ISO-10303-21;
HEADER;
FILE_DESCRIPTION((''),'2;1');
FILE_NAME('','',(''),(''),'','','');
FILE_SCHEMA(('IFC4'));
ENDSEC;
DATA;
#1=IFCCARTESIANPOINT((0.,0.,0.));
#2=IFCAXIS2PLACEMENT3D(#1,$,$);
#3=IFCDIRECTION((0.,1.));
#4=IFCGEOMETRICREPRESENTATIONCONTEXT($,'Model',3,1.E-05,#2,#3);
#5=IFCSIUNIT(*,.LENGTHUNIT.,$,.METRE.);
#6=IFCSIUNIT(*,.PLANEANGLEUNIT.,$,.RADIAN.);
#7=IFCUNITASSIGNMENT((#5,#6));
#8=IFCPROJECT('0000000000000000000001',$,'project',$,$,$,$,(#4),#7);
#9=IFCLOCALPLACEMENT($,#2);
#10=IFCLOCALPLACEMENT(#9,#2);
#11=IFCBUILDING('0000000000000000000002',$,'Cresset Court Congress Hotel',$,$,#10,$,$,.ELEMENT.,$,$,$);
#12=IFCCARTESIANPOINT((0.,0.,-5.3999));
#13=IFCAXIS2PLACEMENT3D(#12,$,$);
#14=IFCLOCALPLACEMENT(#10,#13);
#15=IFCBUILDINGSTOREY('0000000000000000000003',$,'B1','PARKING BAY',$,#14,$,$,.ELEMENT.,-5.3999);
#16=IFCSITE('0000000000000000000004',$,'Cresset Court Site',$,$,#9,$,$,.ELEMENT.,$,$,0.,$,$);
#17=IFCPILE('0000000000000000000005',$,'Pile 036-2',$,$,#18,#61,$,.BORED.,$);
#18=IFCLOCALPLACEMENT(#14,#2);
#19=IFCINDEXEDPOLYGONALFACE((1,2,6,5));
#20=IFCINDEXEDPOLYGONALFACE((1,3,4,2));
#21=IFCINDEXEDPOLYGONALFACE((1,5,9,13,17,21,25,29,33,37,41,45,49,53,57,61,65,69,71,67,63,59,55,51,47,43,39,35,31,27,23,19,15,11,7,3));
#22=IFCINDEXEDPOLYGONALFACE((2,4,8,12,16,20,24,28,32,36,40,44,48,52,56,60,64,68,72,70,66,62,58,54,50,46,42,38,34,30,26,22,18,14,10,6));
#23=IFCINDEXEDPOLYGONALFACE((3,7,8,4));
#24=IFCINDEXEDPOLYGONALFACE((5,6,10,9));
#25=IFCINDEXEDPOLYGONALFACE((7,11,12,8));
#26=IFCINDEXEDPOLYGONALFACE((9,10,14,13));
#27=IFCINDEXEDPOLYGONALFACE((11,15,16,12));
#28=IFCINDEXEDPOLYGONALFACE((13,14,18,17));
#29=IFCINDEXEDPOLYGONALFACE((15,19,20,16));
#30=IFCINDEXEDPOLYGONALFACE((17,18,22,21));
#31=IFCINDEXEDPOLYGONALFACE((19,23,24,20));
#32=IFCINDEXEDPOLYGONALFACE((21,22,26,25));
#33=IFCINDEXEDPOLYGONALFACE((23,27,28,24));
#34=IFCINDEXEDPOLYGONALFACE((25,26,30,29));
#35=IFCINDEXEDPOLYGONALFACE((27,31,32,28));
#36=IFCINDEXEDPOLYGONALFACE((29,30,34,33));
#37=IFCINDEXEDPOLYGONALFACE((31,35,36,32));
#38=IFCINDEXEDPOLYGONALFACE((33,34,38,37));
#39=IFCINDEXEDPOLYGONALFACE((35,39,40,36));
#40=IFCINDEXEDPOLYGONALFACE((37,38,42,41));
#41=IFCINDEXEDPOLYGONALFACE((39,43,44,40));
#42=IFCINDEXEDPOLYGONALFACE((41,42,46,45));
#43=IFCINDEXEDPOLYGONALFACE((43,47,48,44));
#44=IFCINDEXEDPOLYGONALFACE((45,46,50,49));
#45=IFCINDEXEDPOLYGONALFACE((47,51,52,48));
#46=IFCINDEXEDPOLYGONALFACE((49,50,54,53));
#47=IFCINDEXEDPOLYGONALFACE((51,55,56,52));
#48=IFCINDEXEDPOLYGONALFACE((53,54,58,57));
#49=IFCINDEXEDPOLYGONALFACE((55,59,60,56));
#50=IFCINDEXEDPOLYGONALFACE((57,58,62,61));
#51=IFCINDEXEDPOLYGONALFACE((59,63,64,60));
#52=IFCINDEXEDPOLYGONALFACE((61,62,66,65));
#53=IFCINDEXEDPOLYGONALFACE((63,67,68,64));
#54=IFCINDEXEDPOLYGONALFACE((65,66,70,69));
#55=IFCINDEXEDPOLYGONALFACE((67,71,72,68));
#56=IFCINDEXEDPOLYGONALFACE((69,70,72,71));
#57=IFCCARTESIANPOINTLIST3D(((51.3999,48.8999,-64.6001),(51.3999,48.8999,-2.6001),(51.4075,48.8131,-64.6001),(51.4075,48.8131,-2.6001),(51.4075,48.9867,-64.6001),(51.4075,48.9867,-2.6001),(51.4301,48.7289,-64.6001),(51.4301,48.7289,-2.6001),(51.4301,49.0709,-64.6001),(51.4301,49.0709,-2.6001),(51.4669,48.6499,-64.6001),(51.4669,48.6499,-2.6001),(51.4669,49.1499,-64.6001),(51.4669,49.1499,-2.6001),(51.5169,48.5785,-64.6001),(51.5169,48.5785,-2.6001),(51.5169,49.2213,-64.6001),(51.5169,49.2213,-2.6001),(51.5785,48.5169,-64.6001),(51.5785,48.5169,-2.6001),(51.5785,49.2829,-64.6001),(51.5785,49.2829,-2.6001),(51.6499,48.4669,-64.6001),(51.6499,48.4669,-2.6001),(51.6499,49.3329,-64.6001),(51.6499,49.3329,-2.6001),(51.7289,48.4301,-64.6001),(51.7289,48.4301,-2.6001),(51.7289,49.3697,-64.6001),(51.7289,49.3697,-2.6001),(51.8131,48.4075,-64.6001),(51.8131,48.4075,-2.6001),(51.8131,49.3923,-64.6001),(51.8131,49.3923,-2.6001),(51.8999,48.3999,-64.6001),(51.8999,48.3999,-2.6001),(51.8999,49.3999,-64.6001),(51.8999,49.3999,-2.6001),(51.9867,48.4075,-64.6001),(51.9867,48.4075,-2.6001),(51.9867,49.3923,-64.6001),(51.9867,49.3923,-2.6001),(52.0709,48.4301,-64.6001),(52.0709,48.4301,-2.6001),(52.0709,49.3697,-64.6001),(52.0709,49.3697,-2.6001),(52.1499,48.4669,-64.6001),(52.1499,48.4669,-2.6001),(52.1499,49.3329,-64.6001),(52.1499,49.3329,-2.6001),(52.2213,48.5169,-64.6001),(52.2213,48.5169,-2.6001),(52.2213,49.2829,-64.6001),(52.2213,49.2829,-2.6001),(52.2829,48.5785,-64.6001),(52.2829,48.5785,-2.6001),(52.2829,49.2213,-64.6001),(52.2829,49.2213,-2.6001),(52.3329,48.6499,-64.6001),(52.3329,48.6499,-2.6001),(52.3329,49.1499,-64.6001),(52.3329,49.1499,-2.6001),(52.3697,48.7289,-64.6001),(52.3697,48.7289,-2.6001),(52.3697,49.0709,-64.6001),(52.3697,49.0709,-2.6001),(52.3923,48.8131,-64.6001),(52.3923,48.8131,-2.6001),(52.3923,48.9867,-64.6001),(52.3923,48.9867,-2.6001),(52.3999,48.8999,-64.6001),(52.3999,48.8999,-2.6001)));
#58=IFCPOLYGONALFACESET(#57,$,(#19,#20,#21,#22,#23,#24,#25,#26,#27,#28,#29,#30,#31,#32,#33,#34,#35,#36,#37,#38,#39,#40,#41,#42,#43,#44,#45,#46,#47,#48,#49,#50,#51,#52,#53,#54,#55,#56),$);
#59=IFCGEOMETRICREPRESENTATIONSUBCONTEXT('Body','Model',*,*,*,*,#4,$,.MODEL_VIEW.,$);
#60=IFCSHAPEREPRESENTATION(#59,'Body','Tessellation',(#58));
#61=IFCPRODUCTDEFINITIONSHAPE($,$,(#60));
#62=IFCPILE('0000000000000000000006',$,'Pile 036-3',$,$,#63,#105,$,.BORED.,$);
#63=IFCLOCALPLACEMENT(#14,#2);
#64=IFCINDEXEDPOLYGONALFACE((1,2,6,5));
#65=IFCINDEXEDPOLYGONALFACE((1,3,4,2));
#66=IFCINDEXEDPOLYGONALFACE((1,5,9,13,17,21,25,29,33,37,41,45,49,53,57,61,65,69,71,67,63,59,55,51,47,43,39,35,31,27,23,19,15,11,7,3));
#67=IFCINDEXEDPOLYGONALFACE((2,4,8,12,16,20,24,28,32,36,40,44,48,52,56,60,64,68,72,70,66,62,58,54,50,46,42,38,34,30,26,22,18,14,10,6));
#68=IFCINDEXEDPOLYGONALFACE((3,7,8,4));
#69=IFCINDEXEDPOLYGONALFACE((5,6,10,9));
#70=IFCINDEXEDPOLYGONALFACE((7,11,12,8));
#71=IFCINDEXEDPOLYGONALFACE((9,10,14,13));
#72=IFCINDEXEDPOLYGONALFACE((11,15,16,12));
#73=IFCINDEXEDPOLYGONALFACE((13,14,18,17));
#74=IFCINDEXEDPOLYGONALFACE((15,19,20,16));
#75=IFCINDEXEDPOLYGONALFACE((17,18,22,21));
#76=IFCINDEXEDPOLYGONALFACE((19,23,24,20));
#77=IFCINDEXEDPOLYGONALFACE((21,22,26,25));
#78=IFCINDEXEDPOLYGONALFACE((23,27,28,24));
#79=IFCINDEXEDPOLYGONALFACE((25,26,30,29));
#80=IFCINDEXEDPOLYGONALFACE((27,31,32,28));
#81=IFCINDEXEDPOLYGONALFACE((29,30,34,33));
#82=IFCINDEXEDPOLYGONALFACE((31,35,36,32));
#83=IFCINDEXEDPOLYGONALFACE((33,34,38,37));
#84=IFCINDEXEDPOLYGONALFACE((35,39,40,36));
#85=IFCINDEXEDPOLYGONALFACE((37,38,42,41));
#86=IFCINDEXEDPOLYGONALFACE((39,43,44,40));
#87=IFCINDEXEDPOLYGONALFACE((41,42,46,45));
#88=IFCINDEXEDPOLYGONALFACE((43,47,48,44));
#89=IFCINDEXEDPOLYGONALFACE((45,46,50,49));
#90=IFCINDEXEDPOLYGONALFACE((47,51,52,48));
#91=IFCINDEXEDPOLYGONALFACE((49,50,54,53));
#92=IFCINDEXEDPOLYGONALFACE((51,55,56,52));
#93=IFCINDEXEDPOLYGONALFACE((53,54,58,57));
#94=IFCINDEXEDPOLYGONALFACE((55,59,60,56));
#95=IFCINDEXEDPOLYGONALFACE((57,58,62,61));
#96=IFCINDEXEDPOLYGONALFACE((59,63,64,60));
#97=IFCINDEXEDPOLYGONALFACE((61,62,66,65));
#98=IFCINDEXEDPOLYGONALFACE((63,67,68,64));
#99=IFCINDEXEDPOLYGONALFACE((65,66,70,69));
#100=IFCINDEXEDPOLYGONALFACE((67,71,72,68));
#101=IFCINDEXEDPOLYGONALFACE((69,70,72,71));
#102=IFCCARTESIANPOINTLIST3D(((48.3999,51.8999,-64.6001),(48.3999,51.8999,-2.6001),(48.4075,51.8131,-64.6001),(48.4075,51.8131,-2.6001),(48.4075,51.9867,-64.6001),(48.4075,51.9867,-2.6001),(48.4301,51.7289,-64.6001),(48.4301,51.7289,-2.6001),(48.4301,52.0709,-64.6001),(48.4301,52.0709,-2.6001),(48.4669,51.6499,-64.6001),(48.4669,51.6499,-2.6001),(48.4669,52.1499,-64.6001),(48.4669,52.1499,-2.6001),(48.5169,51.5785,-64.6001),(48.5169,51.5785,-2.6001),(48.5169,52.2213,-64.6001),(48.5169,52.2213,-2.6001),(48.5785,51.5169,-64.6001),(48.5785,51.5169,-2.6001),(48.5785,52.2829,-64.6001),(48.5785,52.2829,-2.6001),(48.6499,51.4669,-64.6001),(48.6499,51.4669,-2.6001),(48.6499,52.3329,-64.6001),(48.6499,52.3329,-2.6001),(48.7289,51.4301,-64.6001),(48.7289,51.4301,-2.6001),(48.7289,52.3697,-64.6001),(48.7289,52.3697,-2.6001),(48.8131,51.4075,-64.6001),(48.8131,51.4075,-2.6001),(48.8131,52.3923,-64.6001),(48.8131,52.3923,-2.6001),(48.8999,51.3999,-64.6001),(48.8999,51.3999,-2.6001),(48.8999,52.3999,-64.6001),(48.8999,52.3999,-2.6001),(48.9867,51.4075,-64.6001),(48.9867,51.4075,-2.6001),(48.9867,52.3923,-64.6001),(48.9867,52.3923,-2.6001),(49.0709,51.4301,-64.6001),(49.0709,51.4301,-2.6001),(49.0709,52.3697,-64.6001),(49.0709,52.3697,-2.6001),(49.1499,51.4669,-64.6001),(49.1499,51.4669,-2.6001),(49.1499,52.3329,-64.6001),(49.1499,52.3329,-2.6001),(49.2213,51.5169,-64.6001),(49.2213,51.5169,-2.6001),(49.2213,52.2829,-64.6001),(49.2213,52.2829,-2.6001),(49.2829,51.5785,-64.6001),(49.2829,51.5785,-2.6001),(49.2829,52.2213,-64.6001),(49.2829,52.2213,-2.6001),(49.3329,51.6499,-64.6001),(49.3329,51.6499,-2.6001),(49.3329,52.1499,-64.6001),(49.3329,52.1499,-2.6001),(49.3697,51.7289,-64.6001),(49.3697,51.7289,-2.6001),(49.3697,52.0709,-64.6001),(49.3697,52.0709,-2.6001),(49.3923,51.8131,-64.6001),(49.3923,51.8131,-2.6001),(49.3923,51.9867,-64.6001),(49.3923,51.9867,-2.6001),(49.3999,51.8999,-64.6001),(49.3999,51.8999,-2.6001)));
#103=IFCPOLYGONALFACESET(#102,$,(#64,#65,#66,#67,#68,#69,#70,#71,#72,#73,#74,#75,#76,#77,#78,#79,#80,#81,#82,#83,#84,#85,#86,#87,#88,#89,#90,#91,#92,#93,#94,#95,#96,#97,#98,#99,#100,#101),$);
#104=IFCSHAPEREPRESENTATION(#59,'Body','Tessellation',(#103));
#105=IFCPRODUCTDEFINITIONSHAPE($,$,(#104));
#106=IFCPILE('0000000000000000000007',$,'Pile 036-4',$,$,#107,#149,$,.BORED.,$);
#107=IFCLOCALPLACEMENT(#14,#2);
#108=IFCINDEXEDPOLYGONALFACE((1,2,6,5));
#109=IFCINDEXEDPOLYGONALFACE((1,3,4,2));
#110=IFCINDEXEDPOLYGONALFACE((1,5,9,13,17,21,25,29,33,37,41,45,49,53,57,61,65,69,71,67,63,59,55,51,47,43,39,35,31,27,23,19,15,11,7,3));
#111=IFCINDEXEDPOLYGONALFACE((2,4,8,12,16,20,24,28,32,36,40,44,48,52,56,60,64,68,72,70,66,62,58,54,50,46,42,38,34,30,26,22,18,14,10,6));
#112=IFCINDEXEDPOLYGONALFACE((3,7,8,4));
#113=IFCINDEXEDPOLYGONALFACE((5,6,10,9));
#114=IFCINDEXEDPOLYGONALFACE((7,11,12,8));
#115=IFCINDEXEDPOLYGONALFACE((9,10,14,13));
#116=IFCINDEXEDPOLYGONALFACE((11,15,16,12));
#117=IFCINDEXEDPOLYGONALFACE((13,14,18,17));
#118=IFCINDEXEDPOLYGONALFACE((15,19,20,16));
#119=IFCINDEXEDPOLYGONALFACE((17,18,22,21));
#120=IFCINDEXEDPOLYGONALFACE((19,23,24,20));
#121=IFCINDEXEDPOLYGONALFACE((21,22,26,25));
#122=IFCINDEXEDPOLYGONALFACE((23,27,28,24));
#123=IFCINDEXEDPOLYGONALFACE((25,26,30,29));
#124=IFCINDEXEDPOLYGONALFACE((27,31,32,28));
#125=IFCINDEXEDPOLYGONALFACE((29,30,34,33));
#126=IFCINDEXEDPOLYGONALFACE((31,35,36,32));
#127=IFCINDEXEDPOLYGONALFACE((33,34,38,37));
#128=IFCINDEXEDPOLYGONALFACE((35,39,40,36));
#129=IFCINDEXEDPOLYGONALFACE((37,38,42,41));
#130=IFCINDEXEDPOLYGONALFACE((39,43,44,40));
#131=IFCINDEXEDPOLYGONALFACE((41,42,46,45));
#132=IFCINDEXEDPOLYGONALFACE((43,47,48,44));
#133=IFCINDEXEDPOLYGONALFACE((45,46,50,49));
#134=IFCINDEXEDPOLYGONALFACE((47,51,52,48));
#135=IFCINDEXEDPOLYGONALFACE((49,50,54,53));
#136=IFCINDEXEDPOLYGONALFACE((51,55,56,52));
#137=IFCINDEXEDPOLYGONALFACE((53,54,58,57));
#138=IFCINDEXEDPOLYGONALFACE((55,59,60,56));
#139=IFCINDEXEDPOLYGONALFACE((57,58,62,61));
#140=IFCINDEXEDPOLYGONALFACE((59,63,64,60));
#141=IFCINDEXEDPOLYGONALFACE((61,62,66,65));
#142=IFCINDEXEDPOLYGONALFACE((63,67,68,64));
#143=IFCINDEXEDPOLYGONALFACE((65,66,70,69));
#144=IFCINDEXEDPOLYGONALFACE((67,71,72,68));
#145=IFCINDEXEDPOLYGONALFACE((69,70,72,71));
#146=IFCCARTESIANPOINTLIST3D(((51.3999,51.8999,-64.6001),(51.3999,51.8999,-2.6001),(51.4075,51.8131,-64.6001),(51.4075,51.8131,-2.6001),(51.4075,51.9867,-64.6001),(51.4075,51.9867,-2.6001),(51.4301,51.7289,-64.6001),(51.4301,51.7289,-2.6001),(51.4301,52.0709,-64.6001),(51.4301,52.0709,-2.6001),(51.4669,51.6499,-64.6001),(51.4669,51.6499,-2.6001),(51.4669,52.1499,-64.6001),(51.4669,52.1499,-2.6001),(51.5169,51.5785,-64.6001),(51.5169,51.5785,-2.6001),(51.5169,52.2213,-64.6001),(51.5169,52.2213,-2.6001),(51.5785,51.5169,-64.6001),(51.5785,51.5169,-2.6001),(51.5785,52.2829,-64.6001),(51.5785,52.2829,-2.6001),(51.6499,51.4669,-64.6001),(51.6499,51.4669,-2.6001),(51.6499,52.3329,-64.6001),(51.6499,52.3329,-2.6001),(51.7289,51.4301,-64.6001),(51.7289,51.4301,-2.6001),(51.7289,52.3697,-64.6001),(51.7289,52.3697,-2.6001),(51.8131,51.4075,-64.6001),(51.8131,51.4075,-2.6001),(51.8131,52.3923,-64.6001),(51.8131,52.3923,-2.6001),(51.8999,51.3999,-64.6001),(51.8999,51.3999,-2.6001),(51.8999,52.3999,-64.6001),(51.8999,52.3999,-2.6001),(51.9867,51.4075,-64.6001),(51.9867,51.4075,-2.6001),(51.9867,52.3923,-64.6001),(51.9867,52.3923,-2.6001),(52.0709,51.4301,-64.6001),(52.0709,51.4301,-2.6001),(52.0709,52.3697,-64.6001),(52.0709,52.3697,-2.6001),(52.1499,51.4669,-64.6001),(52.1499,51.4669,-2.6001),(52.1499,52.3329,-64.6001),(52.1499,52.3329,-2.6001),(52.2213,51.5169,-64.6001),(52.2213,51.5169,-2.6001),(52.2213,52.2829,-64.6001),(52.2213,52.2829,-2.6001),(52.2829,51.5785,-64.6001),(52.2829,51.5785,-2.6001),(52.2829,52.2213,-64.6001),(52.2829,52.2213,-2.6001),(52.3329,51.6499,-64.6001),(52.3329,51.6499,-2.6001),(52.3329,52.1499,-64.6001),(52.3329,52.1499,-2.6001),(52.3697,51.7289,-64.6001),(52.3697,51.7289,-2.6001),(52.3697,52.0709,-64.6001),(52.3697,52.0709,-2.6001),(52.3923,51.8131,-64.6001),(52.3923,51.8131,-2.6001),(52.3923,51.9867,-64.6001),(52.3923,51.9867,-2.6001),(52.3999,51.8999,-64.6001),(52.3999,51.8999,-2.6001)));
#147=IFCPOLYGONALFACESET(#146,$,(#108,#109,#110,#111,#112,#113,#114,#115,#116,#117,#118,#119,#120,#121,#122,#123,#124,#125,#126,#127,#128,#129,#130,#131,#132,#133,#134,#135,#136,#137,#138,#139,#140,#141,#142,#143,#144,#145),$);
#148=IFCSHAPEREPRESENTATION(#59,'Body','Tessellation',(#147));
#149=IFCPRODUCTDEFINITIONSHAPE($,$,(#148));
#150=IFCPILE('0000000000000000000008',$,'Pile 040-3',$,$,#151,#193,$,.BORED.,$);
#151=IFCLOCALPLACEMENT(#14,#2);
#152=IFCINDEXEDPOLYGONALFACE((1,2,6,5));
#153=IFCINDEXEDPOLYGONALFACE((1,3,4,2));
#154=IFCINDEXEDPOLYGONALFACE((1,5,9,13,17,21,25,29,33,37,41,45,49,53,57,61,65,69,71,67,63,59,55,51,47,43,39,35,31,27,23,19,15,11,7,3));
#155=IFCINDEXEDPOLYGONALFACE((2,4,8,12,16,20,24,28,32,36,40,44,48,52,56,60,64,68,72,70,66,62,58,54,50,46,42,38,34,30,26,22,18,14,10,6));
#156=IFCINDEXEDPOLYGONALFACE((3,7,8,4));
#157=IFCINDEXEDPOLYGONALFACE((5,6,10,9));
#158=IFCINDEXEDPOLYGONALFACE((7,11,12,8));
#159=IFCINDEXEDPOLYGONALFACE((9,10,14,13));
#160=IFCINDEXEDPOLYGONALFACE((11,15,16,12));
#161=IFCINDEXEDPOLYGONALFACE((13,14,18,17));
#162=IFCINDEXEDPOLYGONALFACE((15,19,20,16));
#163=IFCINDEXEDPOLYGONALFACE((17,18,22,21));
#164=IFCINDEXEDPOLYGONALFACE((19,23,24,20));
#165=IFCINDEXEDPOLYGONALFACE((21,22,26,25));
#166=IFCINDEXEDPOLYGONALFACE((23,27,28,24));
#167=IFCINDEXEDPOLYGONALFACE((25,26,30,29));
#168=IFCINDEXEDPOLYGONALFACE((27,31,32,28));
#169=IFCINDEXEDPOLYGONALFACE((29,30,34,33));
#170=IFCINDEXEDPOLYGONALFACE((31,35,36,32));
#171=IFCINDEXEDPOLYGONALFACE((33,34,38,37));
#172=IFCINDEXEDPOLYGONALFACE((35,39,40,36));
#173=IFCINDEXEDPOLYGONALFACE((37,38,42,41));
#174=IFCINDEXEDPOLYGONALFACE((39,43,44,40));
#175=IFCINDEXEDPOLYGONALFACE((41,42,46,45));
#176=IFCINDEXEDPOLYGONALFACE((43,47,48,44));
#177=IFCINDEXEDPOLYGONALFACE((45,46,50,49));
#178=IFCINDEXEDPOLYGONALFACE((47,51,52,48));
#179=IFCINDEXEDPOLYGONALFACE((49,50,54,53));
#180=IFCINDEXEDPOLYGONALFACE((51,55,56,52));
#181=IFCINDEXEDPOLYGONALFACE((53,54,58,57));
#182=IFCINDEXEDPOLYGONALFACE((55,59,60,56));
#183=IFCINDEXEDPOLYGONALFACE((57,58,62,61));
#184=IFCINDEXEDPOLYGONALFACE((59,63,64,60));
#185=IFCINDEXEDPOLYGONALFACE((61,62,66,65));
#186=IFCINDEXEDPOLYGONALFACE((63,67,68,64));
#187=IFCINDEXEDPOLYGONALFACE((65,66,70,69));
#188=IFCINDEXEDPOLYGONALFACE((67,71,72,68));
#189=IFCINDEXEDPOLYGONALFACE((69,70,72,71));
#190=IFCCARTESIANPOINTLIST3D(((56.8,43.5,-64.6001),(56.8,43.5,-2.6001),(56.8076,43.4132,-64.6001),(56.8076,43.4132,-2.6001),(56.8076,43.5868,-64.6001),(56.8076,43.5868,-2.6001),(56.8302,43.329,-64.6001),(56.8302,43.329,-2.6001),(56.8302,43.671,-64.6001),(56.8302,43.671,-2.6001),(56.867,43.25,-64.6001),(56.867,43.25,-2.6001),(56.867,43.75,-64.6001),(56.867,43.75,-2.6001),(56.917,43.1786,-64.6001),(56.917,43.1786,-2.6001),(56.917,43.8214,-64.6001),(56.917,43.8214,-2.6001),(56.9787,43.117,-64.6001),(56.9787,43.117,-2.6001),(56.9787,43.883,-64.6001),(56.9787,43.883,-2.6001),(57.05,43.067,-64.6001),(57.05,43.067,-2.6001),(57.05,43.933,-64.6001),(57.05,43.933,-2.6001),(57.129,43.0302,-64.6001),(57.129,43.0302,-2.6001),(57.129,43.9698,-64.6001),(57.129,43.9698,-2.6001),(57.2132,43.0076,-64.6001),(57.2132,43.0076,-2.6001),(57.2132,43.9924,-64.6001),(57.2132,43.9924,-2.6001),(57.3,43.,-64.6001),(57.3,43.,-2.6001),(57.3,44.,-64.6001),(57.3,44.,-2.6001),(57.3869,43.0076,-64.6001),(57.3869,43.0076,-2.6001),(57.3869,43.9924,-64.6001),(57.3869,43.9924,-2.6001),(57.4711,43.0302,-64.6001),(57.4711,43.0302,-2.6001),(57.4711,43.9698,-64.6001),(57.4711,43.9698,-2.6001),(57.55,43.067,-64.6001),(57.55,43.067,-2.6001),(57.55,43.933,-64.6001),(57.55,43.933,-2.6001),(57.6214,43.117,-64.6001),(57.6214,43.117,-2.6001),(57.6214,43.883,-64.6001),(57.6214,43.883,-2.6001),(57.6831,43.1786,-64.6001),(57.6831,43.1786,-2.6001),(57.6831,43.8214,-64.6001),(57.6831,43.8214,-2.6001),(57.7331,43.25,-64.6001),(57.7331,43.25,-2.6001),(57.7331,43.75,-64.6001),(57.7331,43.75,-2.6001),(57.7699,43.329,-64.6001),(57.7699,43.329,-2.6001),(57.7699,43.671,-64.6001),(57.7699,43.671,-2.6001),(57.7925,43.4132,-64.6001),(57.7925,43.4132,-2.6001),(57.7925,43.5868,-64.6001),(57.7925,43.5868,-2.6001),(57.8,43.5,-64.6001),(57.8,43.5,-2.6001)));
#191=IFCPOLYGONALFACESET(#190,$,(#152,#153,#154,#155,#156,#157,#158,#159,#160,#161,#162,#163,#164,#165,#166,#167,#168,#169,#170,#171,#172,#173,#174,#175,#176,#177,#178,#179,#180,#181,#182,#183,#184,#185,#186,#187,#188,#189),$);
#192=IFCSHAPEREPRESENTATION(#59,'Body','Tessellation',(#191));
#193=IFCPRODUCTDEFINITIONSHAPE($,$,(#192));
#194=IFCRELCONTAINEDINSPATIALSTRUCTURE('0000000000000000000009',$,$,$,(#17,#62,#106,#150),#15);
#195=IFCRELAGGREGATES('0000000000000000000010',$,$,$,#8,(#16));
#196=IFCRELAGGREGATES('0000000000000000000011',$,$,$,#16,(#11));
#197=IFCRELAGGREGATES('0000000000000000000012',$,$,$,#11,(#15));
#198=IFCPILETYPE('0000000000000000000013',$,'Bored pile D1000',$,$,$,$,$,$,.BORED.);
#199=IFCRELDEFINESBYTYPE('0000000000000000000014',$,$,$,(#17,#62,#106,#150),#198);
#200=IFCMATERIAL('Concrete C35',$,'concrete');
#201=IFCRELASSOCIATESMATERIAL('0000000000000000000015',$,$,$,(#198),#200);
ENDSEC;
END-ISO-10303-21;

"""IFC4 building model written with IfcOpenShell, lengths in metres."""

from ifc_helpers import new_model, si_unit, direction, frame, origin, origin_2d, place, context, subcontext, project, spatial, circle, extrude, material, type_object, element, save


model = new_model("IFC4")

# Units and contexts
model_context = context("Model", 3, precision=1e-05, world=origin(), true_north=direction((0.0, 1.0)))
body_context = subcontext(model_context, "Body", "Model", "MODEL_VIEW")
ifc_project = project(units=[si_unit("LENGTHUNIT", "METRE"), si_unit("PLANEANGLEUNIT", "RADIAN")], contexts=[model_context])

# Site, building, storey
site_placement = place(None, origin())
site = spatial("IfcSite", under=ifc_project, at=site_placement, Name="Cresset Court Site", CompositionType="ELEMENT", RefElevation=0.0)
building_placement = place(site_placement, origin())
building = spatial("IfcBuilding", under=site, at=building_placement, Name="Cresset Court Congress Hotel", CompositionType="ELEMENT")
storey_placement = place(building_placement, frame((0.0, 0.0, -5.3999)))
storey = spatial("IfcBuildingStorey", under=building, at=storey_placement, Name="B1", Description="PARKING BAY", CompositionType="ELEMENT", Elevation=-5.3999)

# Piles
ifc_material_1 = material(Name="Concrete C35", Category="concrete")
pile_type = type_object("IfcPileType", Name="Bored pile D1000", PredefinedType="BORED", material=ifc_material_1)
for number, where, z_axis, x_axis, name in (
    (1, (51.8999, 48.8999, -2.6001), (0.0, 0.0, -1.0), (1.0, 0.0, 0.0), "Pile 036-2"),
    (2, (48.8999, 51.8999, -2.6001), (0.0, 0.0, -1.0), (1.0, 0.0, 0.0), "Pile 036-3"),
    (3, (51.8999, 51.8999, -2.6001), (0.0, 0.0, -1.0), (1.0, 0.0, 0.0), "Pile 036-4"),
    (4, (57.3, 43.5, -2.6001), (0.0, 0.0, -1.0), (1.0, 0.0, 0.0), "Pile 040-3"),
):
    element("IfcPile", number, at=place(storey_placement, frame(where, z_axis=z_axis, x_axis=x_axis)), inside=storey, type_object=pile_type, Name=name, PredefinedType="BORED", context=body_context, shape_type="SweptSolid", body=[
        extrude(circle(Radius=0.5, at=origin_2d()), origin(), (0.0, 0.0, 1.0), 62.0),
    ])

save(model, "model.ifc")
